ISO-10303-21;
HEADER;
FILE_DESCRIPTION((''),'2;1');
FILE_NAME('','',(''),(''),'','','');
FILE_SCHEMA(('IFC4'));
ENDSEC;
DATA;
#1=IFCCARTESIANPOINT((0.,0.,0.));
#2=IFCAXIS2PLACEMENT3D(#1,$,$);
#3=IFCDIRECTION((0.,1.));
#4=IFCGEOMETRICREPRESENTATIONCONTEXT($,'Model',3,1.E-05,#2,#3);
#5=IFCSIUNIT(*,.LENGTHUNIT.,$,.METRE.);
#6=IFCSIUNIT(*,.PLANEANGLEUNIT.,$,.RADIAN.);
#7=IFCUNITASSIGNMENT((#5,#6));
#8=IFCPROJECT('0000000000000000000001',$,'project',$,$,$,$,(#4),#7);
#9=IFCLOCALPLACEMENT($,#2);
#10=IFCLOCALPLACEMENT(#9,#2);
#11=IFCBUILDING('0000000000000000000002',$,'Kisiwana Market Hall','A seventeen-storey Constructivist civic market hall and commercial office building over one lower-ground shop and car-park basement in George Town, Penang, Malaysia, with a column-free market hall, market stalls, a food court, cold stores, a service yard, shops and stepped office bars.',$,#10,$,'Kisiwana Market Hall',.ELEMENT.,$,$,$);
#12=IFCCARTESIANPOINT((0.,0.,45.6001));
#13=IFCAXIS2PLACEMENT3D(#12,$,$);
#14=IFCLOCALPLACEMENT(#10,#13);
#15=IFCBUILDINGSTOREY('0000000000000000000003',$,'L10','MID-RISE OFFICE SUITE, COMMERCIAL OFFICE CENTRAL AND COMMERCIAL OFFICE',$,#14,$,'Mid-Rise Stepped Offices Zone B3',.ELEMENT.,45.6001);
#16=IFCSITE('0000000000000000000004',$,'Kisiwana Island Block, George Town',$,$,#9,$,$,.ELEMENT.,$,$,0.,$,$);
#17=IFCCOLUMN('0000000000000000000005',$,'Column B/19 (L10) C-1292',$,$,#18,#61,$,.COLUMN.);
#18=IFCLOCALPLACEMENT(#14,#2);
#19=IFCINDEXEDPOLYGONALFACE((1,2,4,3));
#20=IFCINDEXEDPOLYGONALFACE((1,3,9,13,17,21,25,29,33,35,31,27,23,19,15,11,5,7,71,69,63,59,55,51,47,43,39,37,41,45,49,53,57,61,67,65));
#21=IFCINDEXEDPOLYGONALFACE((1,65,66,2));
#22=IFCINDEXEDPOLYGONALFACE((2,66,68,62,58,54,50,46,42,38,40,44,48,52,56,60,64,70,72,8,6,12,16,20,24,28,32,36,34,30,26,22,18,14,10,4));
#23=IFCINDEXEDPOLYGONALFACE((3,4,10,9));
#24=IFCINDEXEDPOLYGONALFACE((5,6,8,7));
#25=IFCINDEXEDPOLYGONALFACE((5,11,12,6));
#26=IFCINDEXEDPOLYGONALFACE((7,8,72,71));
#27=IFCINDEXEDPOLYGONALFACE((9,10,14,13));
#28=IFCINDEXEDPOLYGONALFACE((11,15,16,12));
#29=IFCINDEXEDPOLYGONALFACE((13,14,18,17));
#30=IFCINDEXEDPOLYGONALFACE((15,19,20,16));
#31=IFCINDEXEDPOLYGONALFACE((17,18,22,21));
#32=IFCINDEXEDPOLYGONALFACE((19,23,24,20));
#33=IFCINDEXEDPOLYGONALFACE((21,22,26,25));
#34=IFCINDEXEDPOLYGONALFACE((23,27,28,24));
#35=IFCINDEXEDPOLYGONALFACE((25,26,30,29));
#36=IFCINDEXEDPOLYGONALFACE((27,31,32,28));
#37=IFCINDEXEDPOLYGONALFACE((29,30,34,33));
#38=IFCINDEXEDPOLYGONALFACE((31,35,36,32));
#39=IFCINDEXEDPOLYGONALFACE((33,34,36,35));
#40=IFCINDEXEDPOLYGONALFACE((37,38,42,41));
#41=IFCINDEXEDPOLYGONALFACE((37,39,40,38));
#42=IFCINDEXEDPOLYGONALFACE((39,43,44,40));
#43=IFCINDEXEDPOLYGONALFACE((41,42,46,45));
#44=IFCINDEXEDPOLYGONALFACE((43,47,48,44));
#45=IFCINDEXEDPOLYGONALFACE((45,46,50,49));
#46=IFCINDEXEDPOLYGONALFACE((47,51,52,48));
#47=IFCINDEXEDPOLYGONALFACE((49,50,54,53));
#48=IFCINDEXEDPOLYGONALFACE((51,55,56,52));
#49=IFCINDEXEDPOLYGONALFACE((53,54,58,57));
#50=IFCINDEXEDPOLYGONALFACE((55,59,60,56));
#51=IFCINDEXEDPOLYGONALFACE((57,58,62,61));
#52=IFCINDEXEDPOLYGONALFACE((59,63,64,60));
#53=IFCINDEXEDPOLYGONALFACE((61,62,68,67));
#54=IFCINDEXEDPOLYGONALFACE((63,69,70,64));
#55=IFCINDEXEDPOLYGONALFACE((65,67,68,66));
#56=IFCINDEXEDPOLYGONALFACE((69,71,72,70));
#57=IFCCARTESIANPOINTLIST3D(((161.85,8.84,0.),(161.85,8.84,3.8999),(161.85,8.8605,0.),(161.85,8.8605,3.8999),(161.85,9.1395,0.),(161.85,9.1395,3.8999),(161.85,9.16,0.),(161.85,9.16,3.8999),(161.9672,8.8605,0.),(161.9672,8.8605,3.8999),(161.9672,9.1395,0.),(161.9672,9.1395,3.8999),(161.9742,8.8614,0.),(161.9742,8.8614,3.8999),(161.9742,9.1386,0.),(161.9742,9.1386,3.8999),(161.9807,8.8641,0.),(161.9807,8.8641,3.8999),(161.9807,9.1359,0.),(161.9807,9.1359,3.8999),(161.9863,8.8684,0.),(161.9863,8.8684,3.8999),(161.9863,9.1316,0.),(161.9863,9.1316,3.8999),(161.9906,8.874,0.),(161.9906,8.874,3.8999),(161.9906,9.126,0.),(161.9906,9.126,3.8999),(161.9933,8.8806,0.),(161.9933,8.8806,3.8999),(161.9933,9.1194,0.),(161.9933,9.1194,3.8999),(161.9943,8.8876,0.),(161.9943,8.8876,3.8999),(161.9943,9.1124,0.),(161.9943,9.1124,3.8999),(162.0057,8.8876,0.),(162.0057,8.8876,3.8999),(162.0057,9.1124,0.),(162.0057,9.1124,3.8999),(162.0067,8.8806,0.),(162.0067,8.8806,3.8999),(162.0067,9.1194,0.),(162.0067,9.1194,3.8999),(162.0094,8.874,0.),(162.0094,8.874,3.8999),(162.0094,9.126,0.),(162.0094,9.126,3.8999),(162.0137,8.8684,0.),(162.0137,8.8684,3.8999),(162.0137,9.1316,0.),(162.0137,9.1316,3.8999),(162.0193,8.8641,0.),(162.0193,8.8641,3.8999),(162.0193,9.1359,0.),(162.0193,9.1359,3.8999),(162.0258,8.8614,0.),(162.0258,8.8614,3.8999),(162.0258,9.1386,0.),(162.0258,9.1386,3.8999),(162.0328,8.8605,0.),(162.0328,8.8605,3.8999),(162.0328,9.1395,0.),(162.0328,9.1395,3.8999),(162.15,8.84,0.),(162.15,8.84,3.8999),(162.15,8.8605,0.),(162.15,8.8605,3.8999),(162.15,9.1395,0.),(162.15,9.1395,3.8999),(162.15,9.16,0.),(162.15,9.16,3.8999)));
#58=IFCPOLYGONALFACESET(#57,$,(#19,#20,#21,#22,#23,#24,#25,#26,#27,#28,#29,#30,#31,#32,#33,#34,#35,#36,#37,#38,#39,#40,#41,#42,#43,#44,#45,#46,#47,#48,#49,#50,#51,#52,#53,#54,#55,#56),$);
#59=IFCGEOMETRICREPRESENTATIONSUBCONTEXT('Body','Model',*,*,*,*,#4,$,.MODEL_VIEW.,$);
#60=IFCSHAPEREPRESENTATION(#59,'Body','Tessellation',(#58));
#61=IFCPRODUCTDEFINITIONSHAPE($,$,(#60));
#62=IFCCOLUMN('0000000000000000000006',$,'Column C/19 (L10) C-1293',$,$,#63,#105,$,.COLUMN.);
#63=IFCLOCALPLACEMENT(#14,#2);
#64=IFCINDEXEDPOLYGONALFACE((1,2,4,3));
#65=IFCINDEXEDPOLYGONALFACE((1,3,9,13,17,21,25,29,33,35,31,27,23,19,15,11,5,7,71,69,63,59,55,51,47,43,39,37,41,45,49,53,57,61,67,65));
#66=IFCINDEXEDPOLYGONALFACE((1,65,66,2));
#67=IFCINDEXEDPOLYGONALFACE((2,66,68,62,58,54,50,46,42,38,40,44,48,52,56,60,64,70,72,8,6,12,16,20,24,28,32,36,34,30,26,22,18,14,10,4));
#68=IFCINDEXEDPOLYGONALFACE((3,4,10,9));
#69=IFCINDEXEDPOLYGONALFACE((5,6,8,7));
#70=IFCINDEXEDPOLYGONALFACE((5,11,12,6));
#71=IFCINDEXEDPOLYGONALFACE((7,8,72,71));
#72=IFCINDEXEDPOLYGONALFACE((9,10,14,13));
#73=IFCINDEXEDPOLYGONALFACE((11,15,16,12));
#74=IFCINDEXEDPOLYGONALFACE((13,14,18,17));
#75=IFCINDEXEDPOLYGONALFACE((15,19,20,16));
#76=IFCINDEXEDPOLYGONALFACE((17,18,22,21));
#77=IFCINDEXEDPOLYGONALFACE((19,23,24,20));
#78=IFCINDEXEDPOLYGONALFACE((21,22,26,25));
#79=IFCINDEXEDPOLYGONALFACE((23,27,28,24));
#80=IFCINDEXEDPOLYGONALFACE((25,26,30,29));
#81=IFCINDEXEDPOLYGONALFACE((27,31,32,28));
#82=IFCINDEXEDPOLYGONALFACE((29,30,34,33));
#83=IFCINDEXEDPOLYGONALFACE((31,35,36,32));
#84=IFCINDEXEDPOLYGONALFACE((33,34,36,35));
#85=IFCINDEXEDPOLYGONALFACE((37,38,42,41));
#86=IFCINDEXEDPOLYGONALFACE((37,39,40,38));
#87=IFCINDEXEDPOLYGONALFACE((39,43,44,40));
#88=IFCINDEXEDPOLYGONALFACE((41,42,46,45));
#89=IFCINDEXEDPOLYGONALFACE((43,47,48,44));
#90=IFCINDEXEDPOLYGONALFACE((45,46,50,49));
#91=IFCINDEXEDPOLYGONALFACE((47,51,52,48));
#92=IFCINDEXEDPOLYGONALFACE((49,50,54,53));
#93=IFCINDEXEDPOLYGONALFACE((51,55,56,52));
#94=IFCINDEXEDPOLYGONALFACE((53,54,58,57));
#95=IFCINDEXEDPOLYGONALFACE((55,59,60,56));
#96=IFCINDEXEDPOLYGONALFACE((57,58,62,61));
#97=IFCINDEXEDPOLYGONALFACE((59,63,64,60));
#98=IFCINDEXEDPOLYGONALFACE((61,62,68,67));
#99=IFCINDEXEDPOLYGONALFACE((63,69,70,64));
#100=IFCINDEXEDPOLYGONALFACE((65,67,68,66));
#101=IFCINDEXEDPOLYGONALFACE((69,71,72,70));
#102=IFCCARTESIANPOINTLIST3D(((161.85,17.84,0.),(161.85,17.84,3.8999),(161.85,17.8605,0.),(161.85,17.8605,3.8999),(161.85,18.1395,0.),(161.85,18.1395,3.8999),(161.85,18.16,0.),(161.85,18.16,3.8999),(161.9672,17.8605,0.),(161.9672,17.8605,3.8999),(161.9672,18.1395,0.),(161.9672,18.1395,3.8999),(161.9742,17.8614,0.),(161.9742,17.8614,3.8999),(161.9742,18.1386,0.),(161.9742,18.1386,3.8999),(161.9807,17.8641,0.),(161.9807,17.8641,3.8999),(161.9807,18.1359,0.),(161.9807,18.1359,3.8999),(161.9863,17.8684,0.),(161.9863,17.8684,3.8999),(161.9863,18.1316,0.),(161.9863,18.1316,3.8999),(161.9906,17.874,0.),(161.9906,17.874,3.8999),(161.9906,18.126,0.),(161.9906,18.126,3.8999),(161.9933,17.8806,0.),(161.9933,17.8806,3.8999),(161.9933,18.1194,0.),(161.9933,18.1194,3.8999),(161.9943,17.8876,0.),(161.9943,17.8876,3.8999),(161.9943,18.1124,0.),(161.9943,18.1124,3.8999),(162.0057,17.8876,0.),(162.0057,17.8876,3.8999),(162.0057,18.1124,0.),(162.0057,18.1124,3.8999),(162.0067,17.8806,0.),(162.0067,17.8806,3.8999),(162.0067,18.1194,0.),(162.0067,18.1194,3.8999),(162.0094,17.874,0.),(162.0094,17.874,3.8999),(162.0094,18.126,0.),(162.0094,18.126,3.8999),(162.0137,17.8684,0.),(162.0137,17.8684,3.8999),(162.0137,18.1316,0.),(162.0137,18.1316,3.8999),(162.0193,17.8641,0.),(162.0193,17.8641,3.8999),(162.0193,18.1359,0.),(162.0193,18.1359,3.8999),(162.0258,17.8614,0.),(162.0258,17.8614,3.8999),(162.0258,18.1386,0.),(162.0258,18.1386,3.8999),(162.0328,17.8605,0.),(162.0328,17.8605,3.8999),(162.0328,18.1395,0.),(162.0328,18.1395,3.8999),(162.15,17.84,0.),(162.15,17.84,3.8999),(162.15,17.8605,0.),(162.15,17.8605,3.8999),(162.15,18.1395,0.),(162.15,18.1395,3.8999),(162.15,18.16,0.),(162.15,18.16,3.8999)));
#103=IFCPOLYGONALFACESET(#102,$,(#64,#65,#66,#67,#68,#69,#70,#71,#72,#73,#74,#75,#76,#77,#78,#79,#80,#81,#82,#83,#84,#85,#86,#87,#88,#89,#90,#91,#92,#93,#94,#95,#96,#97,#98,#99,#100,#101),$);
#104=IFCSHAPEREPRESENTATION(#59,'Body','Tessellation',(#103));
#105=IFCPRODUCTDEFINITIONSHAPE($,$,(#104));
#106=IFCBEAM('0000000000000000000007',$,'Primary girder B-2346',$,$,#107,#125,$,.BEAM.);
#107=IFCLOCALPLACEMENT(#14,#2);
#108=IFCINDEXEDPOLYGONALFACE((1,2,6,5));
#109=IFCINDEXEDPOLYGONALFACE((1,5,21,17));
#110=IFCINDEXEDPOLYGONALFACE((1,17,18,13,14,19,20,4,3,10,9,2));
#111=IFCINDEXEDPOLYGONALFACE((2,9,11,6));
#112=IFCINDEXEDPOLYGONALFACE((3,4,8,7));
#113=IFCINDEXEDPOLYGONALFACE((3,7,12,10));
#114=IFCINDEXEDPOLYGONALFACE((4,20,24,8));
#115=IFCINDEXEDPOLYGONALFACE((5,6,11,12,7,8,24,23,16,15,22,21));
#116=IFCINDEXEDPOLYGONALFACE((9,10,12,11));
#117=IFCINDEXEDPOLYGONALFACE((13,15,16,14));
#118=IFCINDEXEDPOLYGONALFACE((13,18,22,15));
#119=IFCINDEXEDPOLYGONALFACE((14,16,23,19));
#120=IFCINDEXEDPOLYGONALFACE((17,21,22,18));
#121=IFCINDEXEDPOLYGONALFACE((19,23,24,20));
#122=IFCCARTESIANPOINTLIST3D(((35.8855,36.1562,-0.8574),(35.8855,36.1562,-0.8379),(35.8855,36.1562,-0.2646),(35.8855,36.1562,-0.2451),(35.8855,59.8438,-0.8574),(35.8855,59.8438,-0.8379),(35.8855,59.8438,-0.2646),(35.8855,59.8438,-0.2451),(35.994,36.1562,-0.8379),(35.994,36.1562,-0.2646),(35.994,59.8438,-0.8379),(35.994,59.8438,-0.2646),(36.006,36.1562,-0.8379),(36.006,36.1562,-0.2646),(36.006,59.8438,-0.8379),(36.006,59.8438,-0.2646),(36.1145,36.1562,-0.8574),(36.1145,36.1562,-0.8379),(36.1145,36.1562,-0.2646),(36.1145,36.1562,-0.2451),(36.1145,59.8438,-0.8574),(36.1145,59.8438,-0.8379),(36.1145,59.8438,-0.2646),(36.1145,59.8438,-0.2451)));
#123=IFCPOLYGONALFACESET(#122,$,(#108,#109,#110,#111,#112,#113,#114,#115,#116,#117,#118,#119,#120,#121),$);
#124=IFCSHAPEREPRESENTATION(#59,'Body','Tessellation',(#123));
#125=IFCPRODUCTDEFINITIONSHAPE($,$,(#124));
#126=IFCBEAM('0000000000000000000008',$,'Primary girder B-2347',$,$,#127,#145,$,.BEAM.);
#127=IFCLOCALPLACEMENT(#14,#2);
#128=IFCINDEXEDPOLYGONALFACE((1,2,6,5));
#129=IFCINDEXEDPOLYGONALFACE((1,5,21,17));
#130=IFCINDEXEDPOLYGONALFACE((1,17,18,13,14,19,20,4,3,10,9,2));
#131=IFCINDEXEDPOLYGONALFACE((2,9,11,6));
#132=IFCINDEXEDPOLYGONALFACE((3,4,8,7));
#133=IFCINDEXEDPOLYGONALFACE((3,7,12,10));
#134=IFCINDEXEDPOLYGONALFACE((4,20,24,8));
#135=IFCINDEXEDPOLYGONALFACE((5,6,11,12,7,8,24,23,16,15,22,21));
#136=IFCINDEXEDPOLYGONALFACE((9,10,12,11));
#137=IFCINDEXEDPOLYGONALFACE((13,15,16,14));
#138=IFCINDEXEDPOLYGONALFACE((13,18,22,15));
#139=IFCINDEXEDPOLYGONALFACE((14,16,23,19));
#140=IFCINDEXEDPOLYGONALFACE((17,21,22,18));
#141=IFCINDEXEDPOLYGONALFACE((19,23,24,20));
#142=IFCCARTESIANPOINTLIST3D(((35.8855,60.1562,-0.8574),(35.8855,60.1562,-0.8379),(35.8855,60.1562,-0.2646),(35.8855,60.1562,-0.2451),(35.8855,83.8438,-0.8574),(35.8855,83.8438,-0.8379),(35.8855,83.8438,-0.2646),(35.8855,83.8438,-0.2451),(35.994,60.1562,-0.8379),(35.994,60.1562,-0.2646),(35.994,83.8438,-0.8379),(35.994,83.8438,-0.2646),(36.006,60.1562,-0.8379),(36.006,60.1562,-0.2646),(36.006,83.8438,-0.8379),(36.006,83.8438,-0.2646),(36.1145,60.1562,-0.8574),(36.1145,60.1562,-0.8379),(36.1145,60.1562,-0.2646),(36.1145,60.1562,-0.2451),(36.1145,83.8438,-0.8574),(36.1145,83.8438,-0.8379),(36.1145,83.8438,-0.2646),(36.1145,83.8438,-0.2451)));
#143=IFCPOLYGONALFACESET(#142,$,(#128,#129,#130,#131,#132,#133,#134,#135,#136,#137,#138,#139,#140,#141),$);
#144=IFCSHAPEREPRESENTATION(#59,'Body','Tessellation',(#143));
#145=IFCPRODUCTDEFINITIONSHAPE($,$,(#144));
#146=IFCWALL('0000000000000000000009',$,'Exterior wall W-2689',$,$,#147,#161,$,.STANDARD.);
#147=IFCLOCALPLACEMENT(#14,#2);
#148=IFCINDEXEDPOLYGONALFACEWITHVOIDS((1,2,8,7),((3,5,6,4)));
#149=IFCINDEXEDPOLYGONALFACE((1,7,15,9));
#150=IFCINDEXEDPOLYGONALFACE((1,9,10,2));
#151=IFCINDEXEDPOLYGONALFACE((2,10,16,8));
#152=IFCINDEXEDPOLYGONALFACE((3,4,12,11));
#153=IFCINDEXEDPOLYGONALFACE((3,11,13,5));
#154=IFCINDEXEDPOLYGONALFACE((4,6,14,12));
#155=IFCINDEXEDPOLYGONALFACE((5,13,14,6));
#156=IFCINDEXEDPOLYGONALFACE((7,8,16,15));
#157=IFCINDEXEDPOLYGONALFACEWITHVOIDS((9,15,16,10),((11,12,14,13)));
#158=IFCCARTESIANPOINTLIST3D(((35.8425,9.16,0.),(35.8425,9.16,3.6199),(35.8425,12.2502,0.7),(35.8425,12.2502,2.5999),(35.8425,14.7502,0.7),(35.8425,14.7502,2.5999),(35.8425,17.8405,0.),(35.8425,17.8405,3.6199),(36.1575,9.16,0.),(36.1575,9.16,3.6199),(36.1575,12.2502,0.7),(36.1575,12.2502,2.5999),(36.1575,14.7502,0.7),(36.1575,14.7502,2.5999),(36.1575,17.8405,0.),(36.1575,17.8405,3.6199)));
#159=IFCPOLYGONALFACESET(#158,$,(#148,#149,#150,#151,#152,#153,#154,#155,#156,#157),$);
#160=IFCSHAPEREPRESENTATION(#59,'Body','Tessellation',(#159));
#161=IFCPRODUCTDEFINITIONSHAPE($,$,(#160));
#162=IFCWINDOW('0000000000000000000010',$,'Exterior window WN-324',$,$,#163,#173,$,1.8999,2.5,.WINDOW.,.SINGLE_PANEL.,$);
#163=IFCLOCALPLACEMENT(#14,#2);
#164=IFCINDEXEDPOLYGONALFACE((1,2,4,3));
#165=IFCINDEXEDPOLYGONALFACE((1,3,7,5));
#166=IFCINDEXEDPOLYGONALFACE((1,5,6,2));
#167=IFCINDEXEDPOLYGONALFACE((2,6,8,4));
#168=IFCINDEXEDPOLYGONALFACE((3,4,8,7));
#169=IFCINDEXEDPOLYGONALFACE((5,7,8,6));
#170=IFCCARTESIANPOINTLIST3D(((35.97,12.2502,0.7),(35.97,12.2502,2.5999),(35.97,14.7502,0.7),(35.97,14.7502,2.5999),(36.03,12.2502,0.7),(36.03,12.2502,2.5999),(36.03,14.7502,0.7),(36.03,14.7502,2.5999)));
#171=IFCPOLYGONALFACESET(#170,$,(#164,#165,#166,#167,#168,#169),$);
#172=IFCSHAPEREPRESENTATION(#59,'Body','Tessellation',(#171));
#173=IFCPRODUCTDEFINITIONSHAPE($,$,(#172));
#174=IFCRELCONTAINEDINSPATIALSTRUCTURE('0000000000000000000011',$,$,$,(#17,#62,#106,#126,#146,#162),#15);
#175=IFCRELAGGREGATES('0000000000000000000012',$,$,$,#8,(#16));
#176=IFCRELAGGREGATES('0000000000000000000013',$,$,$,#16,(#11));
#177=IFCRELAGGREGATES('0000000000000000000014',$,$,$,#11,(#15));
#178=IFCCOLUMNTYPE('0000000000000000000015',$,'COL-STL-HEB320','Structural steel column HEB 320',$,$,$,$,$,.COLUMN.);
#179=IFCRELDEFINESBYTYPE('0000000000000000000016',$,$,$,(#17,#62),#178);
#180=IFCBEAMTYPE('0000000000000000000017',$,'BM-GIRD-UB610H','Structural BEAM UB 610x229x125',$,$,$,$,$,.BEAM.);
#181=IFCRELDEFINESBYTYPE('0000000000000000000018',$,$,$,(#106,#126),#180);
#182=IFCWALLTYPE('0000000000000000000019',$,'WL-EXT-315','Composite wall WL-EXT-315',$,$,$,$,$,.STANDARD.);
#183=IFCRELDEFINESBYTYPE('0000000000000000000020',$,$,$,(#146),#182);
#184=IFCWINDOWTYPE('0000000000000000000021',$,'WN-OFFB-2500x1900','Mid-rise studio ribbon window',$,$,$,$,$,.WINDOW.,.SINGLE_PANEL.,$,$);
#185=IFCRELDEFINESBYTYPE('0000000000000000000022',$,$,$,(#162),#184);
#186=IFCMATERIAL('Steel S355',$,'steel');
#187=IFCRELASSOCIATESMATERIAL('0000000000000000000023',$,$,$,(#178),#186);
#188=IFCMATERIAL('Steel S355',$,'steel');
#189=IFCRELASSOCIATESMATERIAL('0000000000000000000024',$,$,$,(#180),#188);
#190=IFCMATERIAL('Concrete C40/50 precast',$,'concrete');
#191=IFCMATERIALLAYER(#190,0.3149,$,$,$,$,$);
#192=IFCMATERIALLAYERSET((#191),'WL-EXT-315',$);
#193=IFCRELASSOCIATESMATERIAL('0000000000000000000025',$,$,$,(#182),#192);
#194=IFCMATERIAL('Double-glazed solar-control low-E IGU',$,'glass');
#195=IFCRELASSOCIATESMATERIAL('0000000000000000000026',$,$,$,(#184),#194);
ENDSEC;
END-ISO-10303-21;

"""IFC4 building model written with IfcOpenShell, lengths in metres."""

from ifc_helpers import new_model, si_unit, direction, frame, frame_2d, origin, origin_2d, place, context, subcontext, project, spatial, rectangle, i_section, extrude, material, layer, layer_set, material_profile, profile_set, type_object, element, fill, save


model = new_model("IFC4")

# Units and contexts
model_context = context("Model", 3, precision=1e-05, world=origin(), true_north=direction((0.0, 1.0)))
body_context = subcontext(model_context, "Body", "Model", "MODEL_VIEW")
ifc_project = project(units=[si_unit("LENGTHUNIT", "METRE"), si_unit("PLANEANGLEUNIT", "RADIAN")], contexts=[model_context])

# Site, building, storey
site_placement = place(None, origin())
site = spatial("IfcSite", under=ifc_project, at=site_placement, Name="Kisiwana Island Block, George Town", CompositionType="ELEMENT", RefElevation=0.0)
building_placement = place(site_placement, origin())
building = spatial("IfcBuilding", under=site, at=building_placement, Name="Kisiwana Market Hall", Description="A seventeen-storey Constructivist civic market hall and commercial office building over one lower-ground shop and car-park basement in George Town, Penang, Malaysia, with a column-free market hall, market stalls, a food court, cold stores, a service yard, shops and stepped office bars.", LongName="Kisiwana Market Hall", CompositionType="ELEMENT")
storey_placement = place(building_placement, frame((0.0, 0.0, 45.6001)))
storey = spatial("IfcBuildingStorey", under=building, at=storey_placement, Name="L10", Description="MID-RISE OFFICE SUITE, COMMERCIAL OFFICE CENTRAL AND COMMERCIAL OFFICE", LongName="Mid-Rise Stepped Offices Zone B3", CompositionType="ELEMENT", Elevation=45.6001)

# Columns
ifc_material_1 = material(Name="Steel S355", Category="steel")
ifc_material_profile_1 = material_profile(ifc_material_1, i_section(OverallWidth=0.3, OverallDepth=0.3201, WebThickness=0.0115, FlangeThickness=0.0205, FilletRadius=0.0271, at=origin_2d()), Name="HEB 320")
ifc_profile_set_1 = profile_set([ifc_material_profile_1], Name="Steel S355")
column_type = type_object("IfcColumnType", Name="COL-STL-HEB320", Description="Structural steel column HEB 320", PredefinedType="COLUMN", material=ifc_profile_set_1)
for number, where, z_axis, x_axis, name in (
    (1, (162.0, 9.0, 0.0), (0.0, 0.0, 1.0), (1.0, 0.0, 0.0), "Column B/19 (L10) C-1292"),
    (2, (162.0, 18.0, 0.0), (0.0, 0.0, 1.0), (1.0, 0.0, 0.0), "Column C/19 (L10) C-1293"),
):
    element("IfcColumn", number, at=place(storey_placement, frame(where, z_axis=z_axis, x_axis=x_axis)), inside=storey, type_object=column_type, Name=name, PredefinedType="COLUMN", context=body_context, shape_type="SweptSolid", body=[
        extrude(i_section(OverallWidth=0.3, OverallDepth=0.3201, WebThickness=0.0115, FlangeThickness=0.0205, FilletRadius=0.0271, at=origin_2d()), origin(), (0.0, 0.0, 1.0), 3.8999),
    ])

# Beams
ifc_material_2 = material(Name="Steel S355", Category="steel")
ifc_material_profile_2 = material_profile(ifc_material_2, i_section(OverallWidth=0.229, OverallDepth=0.6123, WebThickness=0.012, FlangeThickness=0.0195, at=origin_2d()), Name="UB 610x229x125")
ifc_profile_set_2 = profile_set([ifc_material_profile_2], Name="Steel S355")
beam_type = type_object("IfcBeamType", Name="BM-GIRD-UB610H", Description="Structural BEAM UB 610x229x125", PredefinedType="BEAM", material=ifc_profile_set_2)
for number, where, z_axis, x_axis, name in (
    (3, (36.0, 36.1562, -0.5513), (0.0, 1.0, 0.0), (-1.0, 0.0, 0.0), "Primary girder B-2346"),
    (4, (36.0, 60.1562, -0.5513), (0.0, 1.0, 0.0), (-1.0, 0.0, 0.0), "Primary girder B-2347"),
):
    element("IfcBeam", number, at=place(storey_placement, frame(where, z_axis=z_axis, x_axis=x_axis)), inside=storey, type_object=beam_type, Name=name, PredefinedType="BEAM", context=body_context, shape_type="SweptSolid", body=[
        extrude(i_section(OverallWidth=0.229, OverallDepth=0.6123, WebThickness=0.012, FlangeThickness=0.0195, at=origin_2d()), origin(), (0.0, 0.0, 1.0), 23.6875),
    ])

# Wall, opening, window
ifc_material_3 = material(Name="Concrete C40/50 precast", Category="concrete")
ifc_layer = layer(ifc_material_3, 0.3149)
ifc_layer_set = layer_set([ifc_layer], Name="WL-EXT-315")
wall_type = type_object("IfcWallType", Name="WL-EXT-315", Description="Composite wall WL-EXT-315", PredefinedType="STANDARD", material=ifc_layer_set)
wall_1_placement = place(storey_placement, frame((36.0, 9.1599, 0.0), z_axis=(0.0, 0.0, 1.0), x_axis=(0.0, 1.0, 0.0)))
wall_1 = element("IfcWall", 5, at=wall_1_placement, inside=storey, type_object=wall_type, Name="Exterior wall W-2689", PredefinedType="STANDARD", context=body_context, shape_type="SweptSolid", body=[
    extrude(rectangle(XDim=8.6804, YDim=0.3149, at=frame_2d((4.3403, 0.0))), origin(), (0.0, 0.0, 1.0), 3.6199),
])
opening_1_placement = place(wall_1_placement, frame((3.0903, 0.0, 0.7)))
opening_1 = element("IfcOpeningElement", 6, at=opening_1_placement, cuts=wall_1, PredefinedType="OPENING", context=body_context, shape_type="SweptSolid", body=[
    extrude(rectangle(XDim=2.5, YDim=1.8999, at=frame_2d((1.25, 0.95))), frame((0.0, 0.1694, 0.0), z_axis=(0.0, -1.0, 0.0), x_axis=(1.0, 0.0, 0.0)), (0.0, 0.0, 1.0), 0.3389),
])
ifc_material_4 = material(Name="Double-glazed solar-control low-E IGU", Category="glass")
window_type_1 = type_object("IfcWindowType", Name="WN-OFFB-2500x1900", Description="Mid-rise studio ribbon window", PartitioningType="SINGLE_PANEL", PredefinedType="WINDOW", material=ifc_material_4)
window_1_placement = place(opening_1_placement, origin())
window_1 = element("IfcWindow", 7, at=window_1_placement, inside=storey, type_object=window_type_1, Name="Exterior window WN-324", OverallHeight=1.8999, OverallWidth=2.5, PartitioningType="SINGLE_PANEL", PredefinedType="WINDOW", context=body_context, shape_type="SweptSolid", body=[
    extrude(rectangle(XDim=2.5, YDim=1.8999, at=frame_2d((1.25, 0.95))), frame((0.0, 0.03, 0.0), z_axis=(0.0, -1.0, 0.0), x_axis=(1.0, 0.0, 0.0)), (0.0, 0.0, 1.0), 0.0601),
])
fill(opening_1, window_1)

save(model, "model.ifc")
